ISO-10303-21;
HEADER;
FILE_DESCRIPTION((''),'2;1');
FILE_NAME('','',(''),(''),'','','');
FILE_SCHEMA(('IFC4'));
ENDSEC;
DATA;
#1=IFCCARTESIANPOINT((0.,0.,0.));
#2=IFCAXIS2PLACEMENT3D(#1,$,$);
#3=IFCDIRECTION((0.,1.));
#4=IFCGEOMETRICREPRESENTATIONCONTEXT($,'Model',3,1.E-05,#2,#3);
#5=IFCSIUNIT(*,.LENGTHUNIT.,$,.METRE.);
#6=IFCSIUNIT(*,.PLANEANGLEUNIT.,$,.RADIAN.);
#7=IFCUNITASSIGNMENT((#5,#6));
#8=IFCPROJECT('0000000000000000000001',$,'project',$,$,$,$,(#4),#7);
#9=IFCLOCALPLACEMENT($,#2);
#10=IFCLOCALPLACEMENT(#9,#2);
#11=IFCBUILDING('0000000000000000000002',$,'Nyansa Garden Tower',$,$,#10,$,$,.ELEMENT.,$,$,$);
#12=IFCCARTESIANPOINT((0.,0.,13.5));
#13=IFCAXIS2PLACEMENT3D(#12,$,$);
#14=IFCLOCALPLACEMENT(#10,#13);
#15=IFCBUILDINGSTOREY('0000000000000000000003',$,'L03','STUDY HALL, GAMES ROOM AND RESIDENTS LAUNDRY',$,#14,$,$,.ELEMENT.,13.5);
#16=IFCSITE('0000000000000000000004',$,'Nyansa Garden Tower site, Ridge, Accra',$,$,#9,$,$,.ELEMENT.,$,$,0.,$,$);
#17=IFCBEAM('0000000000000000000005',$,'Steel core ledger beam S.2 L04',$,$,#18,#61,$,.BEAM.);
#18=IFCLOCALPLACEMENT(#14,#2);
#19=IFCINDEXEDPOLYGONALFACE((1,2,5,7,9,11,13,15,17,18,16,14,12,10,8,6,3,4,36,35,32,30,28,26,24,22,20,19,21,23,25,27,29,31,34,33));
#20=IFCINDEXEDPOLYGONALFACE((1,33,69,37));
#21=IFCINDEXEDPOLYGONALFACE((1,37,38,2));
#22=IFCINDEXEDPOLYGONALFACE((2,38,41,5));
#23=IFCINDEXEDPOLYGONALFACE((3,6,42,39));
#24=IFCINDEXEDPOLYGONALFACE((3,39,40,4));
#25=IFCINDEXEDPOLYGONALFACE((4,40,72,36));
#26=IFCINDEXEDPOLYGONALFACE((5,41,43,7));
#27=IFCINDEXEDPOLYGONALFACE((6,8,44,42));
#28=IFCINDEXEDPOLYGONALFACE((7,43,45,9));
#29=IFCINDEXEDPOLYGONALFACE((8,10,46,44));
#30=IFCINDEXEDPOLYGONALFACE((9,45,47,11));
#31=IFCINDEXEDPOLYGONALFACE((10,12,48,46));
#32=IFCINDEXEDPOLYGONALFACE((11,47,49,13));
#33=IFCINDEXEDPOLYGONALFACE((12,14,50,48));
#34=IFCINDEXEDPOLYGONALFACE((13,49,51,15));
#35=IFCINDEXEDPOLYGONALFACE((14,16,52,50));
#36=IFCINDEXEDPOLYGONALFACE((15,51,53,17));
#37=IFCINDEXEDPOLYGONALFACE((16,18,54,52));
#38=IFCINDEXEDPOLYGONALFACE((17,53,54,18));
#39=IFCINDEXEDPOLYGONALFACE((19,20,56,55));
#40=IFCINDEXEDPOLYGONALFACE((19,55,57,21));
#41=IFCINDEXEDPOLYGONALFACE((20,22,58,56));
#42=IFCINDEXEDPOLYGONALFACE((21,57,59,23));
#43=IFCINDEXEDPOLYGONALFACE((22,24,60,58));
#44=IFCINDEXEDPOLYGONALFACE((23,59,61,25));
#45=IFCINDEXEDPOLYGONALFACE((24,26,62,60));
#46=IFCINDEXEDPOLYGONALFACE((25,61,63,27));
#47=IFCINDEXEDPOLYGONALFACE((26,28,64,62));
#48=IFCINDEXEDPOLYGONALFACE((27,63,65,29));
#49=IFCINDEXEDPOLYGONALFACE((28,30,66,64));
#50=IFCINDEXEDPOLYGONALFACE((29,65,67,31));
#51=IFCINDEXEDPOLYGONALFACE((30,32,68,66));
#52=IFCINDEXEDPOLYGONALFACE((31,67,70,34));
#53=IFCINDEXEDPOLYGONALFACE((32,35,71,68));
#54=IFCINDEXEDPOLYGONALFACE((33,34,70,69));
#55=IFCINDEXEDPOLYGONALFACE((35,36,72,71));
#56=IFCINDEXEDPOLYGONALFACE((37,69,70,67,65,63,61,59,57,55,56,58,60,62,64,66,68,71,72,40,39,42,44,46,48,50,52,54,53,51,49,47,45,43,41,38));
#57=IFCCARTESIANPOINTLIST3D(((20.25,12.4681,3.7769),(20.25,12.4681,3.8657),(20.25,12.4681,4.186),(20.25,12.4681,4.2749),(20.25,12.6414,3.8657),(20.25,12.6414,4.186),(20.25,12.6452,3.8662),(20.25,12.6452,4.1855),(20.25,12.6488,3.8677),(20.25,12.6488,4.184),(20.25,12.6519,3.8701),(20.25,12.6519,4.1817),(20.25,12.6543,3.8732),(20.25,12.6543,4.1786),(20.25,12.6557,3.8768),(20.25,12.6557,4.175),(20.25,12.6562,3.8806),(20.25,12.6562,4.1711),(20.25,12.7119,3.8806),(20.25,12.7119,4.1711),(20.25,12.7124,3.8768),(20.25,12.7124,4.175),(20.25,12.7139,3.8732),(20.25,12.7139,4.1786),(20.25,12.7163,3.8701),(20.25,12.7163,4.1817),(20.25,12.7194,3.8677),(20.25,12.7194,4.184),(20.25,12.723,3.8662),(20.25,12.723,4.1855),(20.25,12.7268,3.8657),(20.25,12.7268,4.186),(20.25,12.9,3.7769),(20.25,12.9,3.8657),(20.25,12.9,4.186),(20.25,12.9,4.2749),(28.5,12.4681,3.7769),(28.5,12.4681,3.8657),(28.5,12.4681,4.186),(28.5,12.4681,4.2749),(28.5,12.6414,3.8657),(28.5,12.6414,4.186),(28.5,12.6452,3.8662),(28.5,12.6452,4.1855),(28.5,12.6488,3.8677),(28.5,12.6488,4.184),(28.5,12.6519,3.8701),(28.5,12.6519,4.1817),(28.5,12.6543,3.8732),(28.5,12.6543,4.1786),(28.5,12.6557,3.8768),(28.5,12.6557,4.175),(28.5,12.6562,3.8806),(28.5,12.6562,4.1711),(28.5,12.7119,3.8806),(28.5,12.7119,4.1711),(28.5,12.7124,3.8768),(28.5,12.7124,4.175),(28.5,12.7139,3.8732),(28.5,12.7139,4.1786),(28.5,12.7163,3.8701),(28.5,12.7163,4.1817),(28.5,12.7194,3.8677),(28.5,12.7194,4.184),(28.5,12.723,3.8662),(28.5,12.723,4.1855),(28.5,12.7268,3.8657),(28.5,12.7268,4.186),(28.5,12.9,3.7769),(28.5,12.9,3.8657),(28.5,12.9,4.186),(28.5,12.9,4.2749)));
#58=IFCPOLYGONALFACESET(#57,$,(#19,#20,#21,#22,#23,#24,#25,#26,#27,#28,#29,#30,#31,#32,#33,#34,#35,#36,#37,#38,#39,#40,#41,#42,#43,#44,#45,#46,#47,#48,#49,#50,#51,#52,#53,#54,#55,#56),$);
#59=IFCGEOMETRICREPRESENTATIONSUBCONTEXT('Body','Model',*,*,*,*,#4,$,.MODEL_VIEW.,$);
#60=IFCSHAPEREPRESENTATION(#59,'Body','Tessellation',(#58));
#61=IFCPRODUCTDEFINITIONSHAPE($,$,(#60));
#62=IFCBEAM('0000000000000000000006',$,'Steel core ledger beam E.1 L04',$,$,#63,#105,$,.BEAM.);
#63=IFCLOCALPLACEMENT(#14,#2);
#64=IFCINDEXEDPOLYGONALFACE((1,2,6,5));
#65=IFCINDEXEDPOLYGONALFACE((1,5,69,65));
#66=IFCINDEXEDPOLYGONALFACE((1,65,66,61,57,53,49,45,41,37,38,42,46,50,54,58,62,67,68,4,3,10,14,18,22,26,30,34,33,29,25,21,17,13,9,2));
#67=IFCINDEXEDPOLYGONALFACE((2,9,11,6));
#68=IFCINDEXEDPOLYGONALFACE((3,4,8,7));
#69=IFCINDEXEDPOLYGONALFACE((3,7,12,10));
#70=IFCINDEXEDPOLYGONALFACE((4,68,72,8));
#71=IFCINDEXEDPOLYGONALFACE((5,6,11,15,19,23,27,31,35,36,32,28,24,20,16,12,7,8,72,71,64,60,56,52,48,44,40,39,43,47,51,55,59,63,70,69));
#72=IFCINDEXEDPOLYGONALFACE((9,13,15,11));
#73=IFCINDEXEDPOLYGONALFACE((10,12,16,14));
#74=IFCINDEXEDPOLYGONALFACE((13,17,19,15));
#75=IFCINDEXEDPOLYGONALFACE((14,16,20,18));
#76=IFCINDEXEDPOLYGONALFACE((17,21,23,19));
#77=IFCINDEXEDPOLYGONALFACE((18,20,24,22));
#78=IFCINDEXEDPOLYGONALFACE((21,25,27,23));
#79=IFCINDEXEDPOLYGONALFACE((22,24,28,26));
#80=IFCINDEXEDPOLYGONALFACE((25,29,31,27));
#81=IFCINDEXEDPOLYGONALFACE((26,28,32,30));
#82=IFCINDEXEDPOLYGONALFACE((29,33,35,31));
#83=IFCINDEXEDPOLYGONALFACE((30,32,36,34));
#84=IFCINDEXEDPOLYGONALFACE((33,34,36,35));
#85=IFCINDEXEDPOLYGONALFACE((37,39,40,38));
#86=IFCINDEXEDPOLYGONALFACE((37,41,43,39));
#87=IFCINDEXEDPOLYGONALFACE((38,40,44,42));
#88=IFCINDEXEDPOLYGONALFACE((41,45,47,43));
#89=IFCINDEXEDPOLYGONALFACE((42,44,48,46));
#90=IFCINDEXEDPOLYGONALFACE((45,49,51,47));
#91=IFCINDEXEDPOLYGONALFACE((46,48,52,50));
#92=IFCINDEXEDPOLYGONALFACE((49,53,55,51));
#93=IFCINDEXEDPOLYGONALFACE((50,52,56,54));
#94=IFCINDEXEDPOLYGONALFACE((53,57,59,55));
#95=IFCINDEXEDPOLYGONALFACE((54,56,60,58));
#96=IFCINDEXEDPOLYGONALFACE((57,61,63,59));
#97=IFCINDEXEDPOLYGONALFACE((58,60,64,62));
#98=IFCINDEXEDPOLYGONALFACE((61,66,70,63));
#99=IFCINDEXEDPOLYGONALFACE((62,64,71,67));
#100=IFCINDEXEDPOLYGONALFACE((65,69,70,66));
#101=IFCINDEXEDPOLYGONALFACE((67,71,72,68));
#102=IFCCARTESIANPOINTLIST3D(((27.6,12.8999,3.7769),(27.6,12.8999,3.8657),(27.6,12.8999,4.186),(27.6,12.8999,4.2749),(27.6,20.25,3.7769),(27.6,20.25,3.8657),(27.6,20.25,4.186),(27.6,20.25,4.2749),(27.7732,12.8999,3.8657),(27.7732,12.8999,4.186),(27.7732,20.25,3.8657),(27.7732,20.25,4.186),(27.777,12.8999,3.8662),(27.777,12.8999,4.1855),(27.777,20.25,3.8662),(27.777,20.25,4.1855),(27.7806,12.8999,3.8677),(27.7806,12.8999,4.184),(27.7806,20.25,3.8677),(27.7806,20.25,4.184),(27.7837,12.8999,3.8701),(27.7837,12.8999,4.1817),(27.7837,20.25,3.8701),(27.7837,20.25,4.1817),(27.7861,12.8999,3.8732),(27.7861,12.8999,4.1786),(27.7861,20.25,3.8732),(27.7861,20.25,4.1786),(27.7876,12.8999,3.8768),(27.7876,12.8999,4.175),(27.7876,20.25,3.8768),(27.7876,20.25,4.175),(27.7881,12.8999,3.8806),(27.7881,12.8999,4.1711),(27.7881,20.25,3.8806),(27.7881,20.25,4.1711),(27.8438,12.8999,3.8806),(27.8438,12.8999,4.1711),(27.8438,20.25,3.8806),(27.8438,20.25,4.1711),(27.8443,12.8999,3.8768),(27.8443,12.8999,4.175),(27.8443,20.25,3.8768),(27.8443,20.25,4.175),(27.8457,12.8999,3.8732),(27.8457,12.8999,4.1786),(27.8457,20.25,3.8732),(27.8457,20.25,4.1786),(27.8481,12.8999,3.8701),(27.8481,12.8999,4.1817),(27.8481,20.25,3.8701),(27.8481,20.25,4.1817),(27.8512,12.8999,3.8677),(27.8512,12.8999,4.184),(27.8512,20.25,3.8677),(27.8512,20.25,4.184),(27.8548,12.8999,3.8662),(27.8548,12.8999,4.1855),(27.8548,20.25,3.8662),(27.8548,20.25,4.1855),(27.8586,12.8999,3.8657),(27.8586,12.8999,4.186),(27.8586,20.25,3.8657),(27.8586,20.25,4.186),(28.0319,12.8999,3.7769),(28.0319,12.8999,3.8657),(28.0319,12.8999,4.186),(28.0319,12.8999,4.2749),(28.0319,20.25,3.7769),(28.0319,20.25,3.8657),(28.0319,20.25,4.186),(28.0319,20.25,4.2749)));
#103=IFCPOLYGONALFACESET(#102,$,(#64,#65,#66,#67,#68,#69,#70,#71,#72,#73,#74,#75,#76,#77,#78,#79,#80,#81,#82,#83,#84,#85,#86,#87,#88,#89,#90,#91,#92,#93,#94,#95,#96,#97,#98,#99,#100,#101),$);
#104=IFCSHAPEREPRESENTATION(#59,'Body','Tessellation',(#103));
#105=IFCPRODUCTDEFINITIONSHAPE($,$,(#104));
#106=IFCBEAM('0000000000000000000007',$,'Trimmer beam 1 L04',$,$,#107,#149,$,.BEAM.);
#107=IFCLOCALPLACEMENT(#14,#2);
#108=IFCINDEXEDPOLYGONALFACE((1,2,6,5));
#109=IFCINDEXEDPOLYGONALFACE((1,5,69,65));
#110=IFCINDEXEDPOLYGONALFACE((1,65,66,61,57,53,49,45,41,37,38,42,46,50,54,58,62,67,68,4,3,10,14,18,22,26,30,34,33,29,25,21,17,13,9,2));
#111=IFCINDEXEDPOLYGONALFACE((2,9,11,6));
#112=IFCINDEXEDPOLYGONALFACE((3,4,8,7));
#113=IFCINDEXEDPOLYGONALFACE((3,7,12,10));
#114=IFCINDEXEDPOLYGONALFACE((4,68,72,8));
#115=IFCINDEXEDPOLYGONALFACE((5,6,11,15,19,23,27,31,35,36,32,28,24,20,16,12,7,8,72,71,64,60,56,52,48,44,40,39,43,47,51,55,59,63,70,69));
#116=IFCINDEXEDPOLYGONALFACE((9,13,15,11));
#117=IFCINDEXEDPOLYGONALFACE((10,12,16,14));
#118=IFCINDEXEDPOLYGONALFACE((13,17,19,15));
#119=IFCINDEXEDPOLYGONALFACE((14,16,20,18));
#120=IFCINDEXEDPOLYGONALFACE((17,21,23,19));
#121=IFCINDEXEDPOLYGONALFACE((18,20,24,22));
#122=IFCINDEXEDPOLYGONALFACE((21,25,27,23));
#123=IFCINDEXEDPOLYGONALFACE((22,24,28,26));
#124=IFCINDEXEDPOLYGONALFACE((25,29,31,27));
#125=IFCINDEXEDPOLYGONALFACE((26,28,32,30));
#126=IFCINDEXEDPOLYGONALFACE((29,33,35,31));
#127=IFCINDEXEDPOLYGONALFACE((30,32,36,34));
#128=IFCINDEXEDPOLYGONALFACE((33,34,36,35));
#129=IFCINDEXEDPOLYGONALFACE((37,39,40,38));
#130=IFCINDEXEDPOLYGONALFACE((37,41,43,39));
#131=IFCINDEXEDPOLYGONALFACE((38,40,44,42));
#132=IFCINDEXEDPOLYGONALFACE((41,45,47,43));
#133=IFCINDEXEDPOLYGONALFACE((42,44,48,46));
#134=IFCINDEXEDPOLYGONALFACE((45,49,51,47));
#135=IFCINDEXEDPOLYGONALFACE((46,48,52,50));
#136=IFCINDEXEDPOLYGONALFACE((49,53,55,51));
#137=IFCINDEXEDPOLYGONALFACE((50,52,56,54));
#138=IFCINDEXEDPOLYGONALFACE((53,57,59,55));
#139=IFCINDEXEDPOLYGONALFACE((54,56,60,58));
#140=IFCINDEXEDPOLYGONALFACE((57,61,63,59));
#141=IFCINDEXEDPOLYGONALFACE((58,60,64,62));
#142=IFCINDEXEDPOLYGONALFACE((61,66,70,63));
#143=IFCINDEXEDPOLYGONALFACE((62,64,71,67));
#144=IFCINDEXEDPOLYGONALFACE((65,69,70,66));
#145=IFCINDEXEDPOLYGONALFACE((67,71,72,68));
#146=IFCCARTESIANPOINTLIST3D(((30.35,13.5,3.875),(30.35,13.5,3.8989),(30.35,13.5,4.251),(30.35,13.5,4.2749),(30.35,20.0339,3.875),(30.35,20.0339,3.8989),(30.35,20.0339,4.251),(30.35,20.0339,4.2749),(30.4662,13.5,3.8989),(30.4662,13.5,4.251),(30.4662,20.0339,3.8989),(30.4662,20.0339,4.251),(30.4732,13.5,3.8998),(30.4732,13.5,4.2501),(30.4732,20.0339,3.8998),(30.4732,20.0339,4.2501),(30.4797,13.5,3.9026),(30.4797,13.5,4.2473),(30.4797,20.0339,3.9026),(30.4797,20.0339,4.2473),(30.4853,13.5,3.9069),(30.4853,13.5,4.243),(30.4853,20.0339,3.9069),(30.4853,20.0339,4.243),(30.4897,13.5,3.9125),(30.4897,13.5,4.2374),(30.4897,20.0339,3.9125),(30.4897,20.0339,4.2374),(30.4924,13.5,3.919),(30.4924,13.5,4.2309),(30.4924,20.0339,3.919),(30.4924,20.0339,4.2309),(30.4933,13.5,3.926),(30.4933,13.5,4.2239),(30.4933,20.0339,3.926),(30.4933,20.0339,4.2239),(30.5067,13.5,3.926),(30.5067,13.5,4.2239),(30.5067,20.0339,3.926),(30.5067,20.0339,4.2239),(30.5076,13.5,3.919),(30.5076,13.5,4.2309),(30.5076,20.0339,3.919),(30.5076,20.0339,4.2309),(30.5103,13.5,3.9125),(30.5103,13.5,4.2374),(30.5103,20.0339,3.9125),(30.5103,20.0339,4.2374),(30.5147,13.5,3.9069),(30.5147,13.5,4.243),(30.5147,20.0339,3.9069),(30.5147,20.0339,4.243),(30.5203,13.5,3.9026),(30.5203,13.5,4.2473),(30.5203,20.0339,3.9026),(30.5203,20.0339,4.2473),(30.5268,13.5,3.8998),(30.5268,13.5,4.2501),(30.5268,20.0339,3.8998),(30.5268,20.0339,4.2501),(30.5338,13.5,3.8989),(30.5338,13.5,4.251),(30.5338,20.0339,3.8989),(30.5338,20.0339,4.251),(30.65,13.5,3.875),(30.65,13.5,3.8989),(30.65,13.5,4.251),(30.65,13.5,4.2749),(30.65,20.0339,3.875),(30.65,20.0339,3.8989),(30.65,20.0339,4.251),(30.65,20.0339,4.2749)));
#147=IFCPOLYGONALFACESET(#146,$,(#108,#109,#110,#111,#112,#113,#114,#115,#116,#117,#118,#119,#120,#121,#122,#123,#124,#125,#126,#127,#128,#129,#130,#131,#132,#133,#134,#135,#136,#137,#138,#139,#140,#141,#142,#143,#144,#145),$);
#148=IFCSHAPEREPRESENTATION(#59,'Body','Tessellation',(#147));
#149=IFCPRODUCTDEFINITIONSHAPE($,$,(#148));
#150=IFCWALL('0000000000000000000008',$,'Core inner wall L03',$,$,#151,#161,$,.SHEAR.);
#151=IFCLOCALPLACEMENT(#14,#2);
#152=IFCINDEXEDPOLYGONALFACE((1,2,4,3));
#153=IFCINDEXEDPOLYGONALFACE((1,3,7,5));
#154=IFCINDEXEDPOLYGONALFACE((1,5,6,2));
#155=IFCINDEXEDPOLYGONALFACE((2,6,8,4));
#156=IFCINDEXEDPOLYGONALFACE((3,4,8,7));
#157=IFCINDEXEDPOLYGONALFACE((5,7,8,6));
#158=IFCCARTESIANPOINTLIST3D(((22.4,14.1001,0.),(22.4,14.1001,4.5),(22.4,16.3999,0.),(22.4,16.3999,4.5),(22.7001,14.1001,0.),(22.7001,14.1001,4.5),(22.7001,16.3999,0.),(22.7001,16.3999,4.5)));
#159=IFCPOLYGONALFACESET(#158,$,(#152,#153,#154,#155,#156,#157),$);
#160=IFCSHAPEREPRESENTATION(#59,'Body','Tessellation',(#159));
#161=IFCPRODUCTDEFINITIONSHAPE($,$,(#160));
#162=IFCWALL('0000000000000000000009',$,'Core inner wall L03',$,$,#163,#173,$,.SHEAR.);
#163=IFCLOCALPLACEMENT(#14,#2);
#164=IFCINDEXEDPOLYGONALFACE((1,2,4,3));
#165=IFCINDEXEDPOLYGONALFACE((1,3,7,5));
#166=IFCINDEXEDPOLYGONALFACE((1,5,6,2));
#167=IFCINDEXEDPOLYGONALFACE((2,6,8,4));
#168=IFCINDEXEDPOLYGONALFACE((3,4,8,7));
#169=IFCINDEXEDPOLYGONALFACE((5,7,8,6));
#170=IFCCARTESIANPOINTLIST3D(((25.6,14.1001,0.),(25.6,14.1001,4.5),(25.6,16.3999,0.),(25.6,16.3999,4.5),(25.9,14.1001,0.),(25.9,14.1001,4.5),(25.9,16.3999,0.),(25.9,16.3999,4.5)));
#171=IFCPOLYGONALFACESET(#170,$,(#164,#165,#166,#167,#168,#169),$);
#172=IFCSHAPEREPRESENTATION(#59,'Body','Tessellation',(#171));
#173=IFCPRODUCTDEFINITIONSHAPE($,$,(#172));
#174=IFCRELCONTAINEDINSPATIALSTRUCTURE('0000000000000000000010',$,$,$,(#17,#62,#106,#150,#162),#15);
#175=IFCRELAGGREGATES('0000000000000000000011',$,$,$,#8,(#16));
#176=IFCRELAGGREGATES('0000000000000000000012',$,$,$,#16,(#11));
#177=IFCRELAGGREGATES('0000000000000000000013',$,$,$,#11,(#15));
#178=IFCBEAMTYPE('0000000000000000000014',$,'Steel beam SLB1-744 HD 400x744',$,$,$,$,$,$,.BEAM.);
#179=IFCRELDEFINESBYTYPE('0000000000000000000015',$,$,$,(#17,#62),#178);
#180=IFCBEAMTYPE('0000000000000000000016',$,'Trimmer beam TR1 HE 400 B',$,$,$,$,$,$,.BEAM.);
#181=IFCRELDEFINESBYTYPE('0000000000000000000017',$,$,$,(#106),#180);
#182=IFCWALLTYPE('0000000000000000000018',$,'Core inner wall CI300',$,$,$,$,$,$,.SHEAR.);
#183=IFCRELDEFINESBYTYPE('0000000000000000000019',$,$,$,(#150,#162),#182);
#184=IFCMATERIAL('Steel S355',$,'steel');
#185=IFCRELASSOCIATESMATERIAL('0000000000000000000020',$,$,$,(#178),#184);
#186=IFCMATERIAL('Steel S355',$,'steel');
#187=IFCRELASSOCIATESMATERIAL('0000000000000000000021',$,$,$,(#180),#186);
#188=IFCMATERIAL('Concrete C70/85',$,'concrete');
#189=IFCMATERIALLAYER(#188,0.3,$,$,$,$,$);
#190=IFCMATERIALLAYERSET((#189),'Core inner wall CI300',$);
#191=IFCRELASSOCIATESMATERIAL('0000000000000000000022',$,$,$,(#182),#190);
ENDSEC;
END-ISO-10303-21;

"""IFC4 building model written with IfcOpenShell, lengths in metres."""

from ifc_helpers import new_model, si_unit, direction, frame, frame_2d, origin, origin_2d, place, context, subcontext, project, spatial, rectangle, i_section, extrude, material, layer, layer_set, material_profile, profile_set, type_object, element, save


model = new_model("IFC4")

# Units and contexts
model_context = context("Model", 3, precision=1e-05, world=origin(), true_north=direction((0.0, 1.0)))
body_context = subcontext(model_context, "Body", "Model", "MODEL_VIEW")
ifc_project = project(units=[si_unit("LENGTHUNIT", "METRE"), si_unit("PLANEANGLEUNIT", "RADIAN")], contexts=[model_context])

# Site, building, storey
site_placement = place(None, origin())
site = spatial("IfcSite", under=ifc_project, at=site_placement, Name="Nyansa Garden Tower site, Ridge, Accra", CompositionType="ELEMENT", RefElevation=0.0)
building_placement = place(site_placement, origin())
building = spatial("IfcBuilding", under=site, at=building_placement, Name="Nyansa Garden Tower", CompositionType="ELEMENT")
storey_placement = place(building_placement, frame((0.0, 0.0, 13.5)))
storey = spatial("IfcBuildingStorey", under=building, at=storey_placement, Name="L03", Description="STUDY HALL, GAMES ROOM AND RESIDENTS LAUNDRY", CompositionType="ELEMENT", Elevation=13.5)

# Beams
ifc_material_1 = material(Name="Steel S355", Category="steel")
ifc_material_profile_1 = material_profile(ifc_material_1, i_section(OverallWidth=0.4319, OverallDepth=0.498, WebThickness=0.0557, FlangeThickness=0.0889, FilletRadius=0.0149, at=origin_2d()), Name="HD 400x744")
ifc_profile_set_1 = profile_set([ifc_material_profile_1], Name="Steel S355")
beam_type_1 = type_object("IfcBeamType", Name="Steel beam SLB1-744 HD 400x744", PredefinedType="BEAM", material=ifc_profile_set_1)
beam_1_placement = place(storey_placement, frame((20.25, 12.6841, 4.0259), z_axis=(1.0, 0.0, 0.0), x_axis=(0.0, 1.0, 0.0)))
element("IfcBeam", 1, at=beam_1_placement, inside=storey, type_object=beam_type_1, Name="Steel core ledger beam S.2 L04", PredefinedType="BEAM", context=body_context, shape_type="SweptSolid", body=[
    extrude(i_section(OverallWidth=0.4319, OverallDepth=0.498, WebThickness=0.0557, FlangeThickness=0.0889, FilletRadius=0.0149, at=origin_2d()), origin(), (0.0, 0.0, 1.0), 8.25),
])
beam_2_placement = place(storey_placement, frame((27.8159, 12.8999, 4.0259), z_axis=(0.0, 1.0, 0.0), x_axis=(-1.0, 0.0, 0.0)))
element("IfcBeam", 2, at=beam_2_placement, inside=storey, type_object=beam_type_1, Name="Steel core ledger beam E.1 L04", PredefinedType="BEAM", context=body_context, shape_type="SweptSolid", body=[
    extrude(i_section(OverallWidth=0.4319, OverallDepth=0.498, WebThickness=0.0557, FlangeThickness=0.0889, FilletRadius=0.0149, at=origin_2d()), origin(), (0.0, 0.0, 1.0), 7.3501),
])
ifc_material_2 = material(Name="Steel S355", Category="steel")
ifc_material_profile_2 = material_profile(ifc_material_2, i_section(OverallWidth=0.3, OverallDepth=0.3999, WebThickness=0.0134, FlangeThickness=0.0239, FilletRadius=0.0271, at=origin_2d()), Name="HE 400 B")
ifc_profile_set_2 = profile_set([ifc_material_profile_2], Name="Steel S355")
beam_type_2 = type_object("IfcBeamType", Name="Trimmer beam TR1 HE 400 B", PredefinedType="BEAM", material=ifc_profile_set_2)
beam_3_placement = place(storey_placement, frame((30.5, 13.5, 4.075), z_axis=(0.0, 1.0, 0.0), x_axis=(-1.0, 0.0, 0.0)))
element("IfcBeam", 3, at=beam_3_placement, inside=storey, type_object=beam_type_2, Name="Trimmer beam 1 L04", PredefinedType="BEAM", context=body_context, shape_type="SweptSolid", body=[
    extrude(i_section(OverallWidth=0.3, OverallDepth=0.3999, WebThickness=0.0134, FlangeThickness=0.0239, FilletRadius=0.0271, at=origin_2d()), origin(), (0.0, 0.0, 1.0), 6.5339),
])

# Walls
ifc_material_3 = material(Name="Concrete C70/85", Category="concrete")
ifc_layer_1 = layer(ifc_material_3, 0.3)
ifc_layer_set_1 = layer_set([ifc_layer_1], Name="Core inner wall CI300")
wall_type_1 = type_object("IfcWallType", Name="Core inner wall CI300", PredefinedType="SHEAR", material=ifc_layer_set_1)
for number, where, z_axis, x_axis, name in (
    (4, (22.55, 14.1001, 0.0), (0.0, 0.0, 1.0), (0.0, 1.0, 0.0), "Core inner wall L03"),
    (5, (25.75, 14.1001, 0.0), (0.0, 0.0, 1.0), (0.0, 1.0, 0.0), "Core inner wall L03"),
):
    element("IfcWall", number, at=place(storey_placement, frame(where, z_axis=z_axis, x_axis=x_axis)), inside=storey, type_object=wall_type_1, Name=name, PredefinedType="SHEAR", context=body_context, shape_type="SweptSolid", body=[
        extrude(rectangle(XDim=2.2998, YDim=0.3, at=frame_2d((1.1499, 0.0))), origin(), (0.0, 0.0, 1.0), 4.5),
    ])

save(model, "model.ifc")
